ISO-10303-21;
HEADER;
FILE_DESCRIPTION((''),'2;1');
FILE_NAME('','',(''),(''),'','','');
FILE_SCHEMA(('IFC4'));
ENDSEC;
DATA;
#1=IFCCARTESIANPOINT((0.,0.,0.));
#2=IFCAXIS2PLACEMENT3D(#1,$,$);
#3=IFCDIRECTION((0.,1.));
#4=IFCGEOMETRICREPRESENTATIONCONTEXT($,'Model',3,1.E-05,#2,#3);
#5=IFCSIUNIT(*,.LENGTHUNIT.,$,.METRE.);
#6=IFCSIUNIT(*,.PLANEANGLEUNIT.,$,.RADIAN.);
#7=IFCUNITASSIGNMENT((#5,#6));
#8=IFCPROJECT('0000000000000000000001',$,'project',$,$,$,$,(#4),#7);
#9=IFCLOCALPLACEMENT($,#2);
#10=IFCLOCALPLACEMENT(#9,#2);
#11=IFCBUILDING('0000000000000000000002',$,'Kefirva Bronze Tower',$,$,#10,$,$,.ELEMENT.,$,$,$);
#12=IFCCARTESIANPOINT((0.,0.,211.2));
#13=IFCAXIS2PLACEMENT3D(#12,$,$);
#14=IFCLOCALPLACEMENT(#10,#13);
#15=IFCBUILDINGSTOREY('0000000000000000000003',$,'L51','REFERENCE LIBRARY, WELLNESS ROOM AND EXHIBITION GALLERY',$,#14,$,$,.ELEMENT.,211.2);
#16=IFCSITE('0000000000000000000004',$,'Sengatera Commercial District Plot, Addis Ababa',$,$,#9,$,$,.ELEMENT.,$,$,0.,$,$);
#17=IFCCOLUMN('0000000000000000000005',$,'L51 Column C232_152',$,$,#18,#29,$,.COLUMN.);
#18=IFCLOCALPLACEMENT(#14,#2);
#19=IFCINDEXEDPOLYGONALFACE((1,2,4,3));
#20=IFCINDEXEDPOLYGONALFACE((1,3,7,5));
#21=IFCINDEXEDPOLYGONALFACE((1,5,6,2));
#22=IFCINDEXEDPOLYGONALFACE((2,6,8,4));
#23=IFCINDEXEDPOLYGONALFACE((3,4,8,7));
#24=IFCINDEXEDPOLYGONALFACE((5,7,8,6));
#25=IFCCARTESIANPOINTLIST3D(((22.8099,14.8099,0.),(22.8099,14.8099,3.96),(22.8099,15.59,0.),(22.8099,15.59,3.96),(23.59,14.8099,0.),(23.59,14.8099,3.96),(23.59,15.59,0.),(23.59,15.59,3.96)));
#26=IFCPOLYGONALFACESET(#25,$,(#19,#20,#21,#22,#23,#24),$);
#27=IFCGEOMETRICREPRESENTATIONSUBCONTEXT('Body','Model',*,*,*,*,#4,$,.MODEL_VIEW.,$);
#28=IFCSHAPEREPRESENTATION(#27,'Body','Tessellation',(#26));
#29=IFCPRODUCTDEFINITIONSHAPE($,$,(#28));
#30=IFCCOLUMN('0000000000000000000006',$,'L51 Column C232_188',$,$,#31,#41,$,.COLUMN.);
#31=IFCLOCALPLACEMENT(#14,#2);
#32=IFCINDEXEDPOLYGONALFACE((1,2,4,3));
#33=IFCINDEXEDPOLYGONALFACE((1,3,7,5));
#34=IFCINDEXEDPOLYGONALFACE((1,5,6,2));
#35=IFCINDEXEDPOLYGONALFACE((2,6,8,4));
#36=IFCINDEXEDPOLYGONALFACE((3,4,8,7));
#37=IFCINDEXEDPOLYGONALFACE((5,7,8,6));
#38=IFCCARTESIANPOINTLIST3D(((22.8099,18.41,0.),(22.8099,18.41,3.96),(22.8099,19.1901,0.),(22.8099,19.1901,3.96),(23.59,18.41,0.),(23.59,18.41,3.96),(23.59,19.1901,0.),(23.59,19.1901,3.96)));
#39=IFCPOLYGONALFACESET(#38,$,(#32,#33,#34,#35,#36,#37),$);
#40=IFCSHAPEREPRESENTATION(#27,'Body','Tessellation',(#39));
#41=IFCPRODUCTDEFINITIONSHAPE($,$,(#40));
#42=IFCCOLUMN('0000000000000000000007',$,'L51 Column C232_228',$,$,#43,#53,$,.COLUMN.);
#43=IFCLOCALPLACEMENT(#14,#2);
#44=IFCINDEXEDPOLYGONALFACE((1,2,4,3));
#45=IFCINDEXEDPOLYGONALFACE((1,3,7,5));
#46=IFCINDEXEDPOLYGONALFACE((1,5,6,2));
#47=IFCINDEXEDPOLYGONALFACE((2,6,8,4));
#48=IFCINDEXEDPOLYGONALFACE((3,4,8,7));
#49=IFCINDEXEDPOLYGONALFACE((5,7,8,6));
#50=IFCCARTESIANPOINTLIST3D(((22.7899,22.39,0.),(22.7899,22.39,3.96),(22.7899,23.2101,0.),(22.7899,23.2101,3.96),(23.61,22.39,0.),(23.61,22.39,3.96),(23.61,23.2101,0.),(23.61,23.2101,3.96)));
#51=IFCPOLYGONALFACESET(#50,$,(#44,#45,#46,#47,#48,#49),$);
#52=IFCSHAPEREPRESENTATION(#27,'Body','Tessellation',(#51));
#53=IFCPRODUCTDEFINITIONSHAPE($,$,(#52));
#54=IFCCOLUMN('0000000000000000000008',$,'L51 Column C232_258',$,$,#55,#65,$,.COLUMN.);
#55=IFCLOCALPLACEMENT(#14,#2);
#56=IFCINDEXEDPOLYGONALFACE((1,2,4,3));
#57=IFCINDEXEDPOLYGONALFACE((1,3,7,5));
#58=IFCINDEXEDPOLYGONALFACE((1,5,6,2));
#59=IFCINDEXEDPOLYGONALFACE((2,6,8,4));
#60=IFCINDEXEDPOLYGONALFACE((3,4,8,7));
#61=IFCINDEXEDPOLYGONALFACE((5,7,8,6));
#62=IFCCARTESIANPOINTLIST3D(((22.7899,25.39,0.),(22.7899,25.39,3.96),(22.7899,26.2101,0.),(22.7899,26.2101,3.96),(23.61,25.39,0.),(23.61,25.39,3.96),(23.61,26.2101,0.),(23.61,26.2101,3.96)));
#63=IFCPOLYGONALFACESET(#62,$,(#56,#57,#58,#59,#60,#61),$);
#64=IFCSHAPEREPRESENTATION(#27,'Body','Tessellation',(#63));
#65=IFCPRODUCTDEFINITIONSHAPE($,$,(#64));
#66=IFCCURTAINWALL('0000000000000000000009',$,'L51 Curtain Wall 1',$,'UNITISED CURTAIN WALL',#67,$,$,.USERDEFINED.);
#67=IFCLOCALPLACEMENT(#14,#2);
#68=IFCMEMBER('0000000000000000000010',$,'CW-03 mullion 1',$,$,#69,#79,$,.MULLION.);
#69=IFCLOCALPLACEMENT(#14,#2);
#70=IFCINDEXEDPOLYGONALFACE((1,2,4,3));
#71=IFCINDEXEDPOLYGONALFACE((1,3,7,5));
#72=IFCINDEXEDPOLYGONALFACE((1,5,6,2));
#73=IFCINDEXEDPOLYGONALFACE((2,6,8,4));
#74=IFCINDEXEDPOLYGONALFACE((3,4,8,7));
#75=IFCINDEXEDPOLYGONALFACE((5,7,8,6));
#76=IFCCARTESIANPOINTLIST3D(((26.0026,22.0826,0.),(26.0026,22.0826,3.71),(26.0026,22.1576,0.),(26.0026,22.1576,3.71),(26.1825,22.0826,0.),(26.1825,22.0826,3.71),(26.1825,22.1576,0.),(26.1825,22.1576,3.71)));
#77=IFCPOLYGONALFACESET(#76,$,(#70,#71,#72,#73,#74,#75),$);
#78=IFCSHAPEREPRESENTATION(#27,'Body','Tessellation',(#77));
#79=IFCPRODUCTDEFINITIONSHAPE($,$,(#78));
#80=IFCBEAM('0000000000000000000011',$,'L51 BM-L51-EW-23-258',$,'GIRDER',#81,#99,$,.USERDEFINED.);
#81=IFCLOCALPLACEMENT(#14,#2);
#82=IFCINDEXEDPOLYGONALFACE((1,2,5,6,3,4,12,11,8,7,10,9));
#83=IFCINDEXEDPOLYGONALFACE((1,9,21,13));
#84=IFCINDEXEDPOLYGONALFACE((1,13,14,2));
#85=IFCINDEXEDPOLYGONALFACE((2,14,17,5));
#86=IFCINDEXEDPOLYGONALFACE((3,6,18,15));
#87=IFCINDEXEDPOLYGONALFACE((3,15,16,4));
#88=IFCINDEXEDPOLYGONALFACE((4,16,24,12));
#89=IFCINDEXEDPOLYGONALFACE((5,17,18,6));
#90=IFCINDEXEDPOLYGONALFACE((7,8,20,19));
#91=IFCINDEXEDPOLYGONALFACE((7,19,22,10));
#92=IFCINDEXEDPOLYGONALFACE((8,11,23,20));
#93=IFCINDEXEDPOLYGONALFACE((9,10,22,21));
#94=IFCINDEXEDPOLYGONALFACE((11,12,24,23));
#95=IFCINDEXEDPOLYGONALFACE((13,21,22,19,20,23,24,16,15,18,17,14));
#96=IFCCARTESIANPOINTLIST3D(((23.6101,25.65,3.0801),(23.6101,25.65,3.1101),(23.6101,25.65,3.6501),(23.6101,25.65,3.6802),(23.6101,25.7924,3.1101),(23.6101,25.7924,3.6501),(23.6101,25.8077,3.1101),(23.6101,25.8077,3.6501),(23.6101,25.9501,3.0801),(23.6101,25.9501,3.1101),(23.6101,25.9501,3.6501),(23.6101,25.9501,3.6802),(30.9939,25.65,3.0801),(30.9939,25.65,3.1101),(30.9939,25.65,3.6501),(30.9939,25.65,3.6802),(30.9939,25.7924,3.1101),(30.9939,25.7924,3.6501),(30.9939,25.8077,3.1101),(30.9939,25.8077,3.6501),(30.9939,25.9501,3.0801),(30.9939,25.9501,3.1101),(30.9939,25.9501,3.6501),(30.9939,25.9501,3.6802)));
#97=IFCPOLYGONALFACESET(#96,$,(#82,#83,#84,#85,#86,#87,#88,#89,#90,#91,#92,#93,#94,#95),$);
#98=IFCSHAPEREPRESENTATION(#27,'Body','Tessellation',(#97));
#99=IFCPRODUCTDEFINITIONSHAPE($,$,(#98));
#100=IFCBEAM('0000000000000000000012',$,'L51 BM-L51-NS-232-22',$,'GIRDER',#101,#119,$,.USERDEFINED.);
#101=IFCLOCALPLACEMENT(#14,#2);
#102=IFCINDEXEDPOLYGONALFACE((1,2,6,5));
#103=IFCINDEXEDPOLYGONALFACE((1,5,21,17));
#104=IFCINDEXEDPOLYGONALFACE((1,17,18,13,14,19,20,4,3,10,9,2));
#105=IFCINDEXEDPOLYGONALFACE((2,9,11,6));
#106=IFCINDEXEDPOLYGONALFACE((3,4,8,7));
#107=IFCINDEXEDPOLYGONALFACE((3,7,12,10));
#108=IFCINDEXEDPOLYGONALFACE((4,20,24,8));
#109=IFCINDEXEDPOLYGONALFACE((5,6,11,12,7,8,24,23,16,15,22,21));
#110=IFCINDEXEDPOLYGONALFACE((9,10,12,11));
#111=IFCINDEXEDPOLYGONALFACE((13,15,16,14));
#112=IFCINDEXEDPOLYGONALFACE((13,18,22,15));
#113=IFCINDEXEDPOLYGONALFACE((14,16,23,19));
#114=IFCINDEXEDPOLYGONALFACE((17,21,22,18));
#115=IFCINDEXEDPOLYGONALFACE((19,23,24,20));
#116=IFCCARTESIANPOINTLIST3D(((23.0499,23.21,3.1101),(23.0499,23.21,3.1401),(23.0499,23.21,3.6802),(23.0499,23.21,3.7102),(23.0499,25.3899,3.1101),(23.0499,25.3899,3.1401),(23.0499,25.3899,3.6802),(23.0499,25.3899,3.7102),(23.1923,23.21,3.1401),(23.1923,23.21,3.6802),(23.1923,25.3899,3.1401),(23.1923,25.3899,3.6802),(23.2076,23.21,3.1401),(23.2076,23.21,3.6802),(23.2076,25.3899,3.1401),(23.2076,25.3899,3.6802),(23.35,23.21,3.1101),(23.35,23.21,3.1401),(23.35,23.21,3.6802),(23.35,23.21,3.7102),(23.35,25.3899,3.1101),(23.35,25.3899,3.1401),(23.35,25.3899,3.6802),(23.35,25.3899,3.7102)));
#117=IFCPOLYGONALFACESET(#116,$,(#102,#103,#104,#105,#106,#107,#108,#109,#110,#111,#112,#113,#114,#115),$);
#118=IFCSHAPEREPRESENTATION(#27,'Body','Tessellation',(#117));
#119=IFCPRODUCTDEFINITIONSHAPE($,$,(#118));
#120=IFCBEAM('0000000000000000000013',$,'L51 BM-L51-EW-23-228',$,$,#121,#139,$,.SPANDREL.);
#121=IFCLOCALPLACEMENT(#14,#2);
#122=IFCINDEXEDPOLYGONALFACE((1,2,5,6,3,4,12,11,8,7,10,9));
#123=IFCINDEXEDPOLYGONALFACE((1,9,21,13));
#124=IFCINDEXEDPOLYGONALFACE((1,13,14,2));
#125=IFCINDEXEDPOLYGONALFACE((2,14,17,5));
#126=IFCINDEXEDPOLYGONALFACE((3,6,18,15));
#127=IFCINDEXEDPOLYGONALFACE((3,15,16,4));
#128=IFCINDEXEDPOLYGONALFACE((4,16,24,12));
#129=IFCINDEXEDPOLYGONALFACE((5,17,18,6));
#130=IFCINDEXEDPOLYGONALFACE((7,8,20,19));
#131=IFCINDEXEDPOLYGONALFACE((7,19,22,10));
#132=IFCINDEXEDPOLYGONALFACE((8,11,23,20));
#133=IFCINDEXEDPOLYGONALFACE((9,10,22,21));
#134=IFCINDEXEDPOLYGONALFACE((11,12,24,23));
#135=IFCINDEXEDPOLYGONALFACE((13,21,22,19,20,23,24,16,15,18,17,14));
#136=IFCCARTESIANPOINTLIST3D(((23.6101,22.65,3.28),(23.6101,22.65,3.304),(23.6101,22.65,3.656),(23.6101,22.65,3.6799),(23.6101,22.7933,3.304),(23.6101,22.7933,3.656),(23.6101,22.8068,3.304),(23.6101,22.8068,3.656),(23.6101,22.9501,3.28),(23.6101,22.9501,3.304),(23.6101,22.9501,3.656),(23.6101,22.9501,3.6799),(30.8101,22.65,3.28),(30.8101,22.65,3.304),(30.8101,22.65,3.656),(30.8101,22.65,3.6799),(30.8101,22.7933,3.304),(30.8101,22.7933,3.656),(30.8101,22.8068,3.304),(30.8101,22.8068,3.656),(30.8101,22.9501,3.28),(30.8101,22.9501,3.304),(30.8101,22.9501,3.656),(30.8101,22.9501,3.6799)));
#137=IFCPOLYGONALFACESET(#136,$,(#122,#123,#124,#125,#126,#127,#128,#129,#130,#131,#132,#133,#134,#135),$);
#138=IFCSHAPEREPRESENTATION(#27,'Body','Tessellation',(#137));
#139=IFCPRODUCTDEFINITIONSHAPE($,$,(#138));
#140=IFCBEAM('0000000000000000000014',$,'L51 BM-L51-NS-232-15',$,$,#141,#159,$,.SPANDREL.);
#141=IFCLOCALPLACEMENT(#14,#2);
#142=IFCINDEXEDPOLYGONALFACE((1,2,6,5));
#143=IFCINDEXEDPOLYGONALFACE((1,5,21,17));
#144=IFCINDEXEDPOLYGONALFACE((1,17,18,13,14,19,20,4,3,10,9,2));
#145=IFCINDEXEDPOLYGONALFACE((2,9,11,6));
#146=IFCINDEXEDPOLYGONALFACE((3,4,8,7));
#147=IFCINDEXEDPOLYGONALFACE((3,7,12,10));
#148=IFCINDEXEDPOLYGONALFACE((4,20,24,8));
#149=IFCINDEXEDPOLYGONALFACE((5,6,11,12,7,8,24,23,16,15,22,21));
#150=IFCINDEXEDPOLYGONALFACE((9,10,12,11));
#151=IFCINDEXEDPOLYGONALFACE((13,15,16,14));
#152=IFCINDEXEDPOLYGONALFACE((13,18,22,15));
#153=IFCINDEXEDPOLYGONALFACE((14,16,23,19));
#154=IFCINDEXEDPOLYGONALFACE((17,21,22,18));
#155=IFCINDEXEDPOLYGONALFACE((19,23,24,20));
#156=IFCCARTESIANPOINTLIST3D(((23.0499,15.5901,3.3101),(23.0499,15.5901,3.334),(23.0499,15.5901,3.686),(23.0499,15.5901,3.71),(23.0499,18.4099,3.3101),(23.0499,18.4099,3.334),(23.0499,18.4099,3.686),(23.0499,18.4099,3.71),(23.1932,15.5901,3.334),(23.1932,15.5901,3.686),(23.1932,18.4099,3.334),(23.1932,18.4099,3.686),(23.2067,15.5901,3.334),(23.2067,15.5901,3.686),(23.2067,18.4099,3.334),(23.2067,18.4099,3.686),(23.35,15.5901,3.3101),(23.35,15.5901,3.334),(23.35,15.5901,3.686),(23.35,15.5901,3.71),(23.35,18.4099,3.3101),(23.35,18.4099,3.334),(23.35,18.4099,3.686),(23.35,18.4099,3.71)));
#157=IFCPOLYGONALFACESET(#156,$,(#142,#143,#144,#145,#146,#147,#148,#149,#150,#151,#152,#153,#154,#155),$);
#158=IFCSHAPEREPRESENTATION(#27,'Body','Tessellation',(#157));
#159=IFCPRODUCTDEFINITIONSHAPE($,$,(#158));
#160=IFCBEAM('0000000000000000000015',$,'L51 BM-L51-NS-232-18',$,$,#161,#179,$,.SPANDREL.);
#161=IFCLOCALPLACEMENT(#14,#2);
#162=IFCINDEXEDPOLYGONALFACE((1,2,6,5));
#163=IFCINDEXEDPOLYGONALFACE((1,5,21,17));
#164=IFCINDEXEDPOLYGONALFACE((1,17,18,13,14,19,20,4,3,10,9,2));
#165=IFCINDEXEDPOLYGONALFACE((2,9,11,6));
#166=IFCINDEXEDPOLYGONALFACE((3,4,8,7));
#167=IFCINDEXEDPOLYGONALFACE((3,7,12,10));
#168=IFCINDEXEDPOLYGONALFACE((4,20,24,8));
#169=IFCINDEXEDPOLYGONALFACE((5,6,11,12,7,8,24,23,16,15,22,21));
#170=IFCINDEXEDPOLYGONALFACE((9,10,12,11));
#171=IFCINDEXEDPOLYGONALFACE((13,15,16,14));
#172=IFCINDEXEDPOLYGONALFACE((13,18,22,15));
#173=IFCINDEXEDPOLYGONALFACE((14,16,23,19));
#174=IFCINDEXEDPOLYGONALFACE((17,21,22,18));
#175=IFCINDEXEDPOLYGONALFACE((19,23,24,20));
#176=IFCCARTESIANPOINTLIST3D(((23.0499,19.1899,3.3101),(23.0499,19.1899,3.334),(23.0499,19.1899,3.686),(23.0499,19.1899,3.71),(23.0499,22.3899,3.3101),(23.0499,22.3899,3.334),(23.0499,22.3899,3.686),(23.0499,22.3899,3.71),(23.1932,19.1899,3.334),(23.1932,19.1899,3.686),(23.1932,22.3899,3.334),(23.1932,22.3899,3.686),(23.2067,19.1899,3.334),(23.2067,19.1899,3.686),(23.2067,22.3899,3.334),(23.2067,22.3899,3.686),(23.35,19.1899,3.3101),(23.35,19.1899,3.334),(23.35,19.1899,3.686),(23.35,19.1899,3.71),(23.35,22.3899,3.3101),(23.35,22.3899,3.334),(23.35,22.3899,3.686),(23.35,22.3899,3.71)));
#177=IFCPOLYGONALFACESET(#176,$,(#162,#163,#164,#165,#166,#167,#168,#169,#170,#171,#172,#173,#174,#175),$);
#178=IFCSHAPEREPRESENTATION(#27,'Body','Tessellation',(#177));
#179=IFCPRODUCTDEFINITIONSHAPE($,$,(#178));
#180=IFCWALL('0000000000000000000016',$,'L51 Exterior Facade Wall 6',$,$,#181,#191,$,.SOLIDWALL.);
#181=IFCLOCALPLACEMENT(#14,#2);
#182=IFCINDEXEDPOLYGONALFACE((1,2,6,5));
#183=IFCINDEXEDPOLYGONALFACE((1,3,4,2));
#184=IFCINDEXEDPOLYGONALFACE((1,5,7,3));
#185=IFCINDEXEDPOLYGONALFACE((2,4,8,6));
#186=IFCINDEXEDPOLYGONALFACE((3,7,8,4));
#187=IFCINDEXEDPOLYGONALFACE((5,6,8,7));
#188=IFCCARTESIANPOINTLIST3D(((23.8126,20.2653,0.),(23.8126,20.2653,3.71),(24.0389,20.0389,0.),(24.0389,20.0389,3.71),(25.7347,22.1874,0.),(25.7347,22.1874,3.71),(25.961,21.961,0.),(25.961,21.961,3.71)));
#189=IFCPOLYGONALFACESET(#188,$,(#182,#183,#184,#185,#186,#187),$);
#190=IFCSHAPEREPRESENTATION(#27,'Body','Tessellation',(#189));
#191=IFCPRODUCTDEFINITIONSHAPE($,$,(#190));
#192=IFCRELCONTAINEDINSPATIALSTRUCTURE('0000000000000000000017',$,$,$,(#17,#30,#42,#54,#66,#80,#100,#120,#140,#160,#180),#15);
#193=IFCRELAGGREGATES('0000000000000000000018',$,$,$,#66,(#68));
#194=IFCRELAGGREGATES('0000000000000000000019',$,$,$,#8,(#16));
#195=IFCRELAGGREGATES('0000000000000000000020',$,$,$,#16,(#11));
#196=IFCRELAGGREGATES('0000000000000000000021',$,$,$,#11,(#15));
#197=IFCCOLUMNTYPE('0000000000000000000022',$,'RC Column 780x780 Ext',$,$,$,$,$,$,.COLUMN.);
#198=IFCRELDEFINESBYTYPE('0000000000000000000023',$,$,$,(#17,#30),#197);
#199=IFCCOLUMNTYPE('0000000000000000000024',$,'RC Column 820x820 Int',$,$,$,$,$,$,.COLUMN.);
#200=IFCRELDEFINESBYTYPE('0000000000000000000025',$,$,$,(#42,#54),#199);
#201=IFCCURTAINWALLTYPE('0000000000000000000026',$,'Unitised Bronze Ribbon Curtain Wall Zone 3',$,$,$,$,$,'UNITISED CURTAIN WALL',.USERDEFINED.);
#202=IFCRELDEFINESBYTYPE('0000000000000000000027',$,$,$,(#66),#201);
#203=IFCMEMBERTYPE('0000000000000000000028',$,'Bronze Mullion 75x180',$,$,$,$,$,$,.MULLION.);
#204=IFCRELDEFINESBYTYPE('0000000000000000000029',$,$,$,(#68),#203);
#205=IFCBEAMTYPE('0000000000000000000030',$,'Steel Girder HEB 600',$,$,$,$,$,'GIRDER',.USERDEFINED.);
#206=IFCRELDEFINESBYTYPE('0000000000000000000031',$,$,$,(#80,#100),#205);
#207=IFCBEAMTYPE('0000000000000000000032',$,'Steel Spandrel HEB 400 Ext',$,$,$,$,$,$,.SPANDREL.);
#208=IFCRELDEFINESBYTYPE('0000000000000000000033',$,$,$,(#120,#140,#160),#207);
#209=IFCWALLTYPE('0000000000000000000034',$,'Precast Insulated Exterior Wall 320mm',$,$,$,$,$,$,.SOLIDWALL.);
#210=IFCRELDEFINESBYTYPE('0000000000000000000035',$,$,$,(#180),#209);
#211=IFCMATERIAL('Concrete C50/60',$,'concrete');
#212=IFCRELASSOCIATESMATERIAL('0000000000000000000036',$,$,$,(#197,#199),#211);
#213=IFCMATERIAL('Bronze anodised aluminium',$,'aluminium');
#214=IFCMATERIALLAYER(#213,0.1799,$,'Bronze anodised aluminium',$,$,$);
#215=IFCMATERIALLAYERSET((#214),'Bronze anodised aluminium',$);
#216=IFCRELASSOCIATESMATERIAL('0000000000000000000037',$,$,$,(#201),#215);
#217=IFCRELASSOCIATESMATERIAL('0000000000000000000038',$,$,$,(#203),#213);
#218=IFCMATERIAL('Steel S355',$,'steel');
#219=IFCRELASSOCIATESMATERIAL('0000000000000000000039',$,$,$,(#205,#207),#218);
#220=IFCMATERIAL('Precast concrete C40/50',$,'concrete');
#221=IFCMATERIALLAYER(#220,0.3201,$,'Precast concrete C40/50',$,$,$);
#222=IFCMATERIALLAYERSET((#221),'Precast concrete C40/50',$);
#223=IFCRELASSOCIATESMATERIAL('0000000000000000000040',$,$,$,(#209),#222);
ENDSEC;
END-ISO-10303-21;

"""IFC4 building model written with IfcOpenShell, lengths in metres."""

from ifc_helpers import new_model, si_unit, direction, frame, frame_2d, origin, origin_2d, place, context, subcontext, project, spatial, rectangle, i_section, extrude, material, layer, layer_set, material_profile, profile_set, type_object, element, aggregate, save


model = new_model("IFC4")

# Units and contexts
model_context = context("Model", 3, precision=1e-05, world=origin(), true_north=direction((0.0, 1.0)))
body_context = subcontext(model_context, "Body", "Model", "MODEL_VIEW")
ifc_project = project(units=[si_unit("LENGTHUNIT", "METRE"), si_unit("PLANEANGLEUNIT", "RADIAN")], contexts=[model_context])

# Site, building, storey
site_placement = place(None, origin())
site = spatial("IfcSite", under=ifc_project, at=site_placement, Name="Sengatera Commercial District Plot, Addis Ababa", CompositionType="ELEMENT", RefElevation=0.0)
building_placement = place(site_placement, origin())
building = spatial("IfcBuilding", under=site, at=building_placement, Name="Kefirva Bronze Tower", CompositionType="ELEMENT")
storey_placement = place(building_placement, frame((0.0, 0.0, 211.2)))
storey = spatial("IfcBuildingStorey", under=building, at=storey_placement, Name="L51", Description="REFERENCE LIBRARY, WELLNESS ROOM AND EXHIBITION GALLERY", CompositionType="ELEMENT", Elevation=211.2)

# Columns
ifc_material_1 = material(Name="Concrete C50/60", Category="concrete")
ifc_material_profile_1 = material_profile(ifc_material_1, rectangle(XDim=0.78, YDim=0.78, at=origin_2d()), Name="RC 780x780")
ifc_profile_set_1 = profile_set([ifc_material_profile_1], Name="Concrete C50/60")
column_type_1 = type_object("IfcColumnType", Name="RC Column 780x780 Ext", PredefinedType="COLUMN", material=ifc_profile_set_1)
for number, where, z_axis, x_axis, name in (
    (1, (23.2, 15.2, 0.0), (0.0, 0.0, 1.0), (1.0, 0.0, 0.0), "L51 Column C232_152"),
    (2, (23.2, 18.8, 0.0), (0.0, 0.0, 1.0), (1.0, 0.0, 0.0), "L51 Column C232_188"),
):
    element("IfcColumn", number, at=place(storey_placement, frame(where, z_axis=z_axis, x_axis=x_axis)), inside=storey, type_object=column_type_1, Name=name, PredefinedType="COLUMN", context=body_context, shape_type="SweptSolid", body=[
        extrude(rectangle(XDim=0.78, YDim=0.78, at=origin_2d()), origin(), (0.0, 0.0, 1.0), 3.96),
    ])
ifc_material_profile_2 = material_profile(ifc_material_1, rectangle(XDim=0.8201, YDim=0.8201, at=origin_2d()), Name="RC 820x820")
ifc_profile_set_2 = profile_set([ifc_material_profile_2], Name="Concrete C50/60")
column_type_2 = type_object("IfcColumnType", Name="RC Column 820x820 Int", PredefinedType="COLUMN", material=ifc_profile_set_2)
for number, where, z_axis, x_axis, name in (
    (3, (23.2, 22.8, 0.0), (0.0, 0.0, 1.0), (1.0, 0.0, 0.0), "L51 Column C232_228"),
    (4, (23.2, 25.8, 0.0), (0.0, 0.0, 1.0), (1.0, 0.0, 0.0), "L51 Column C232_258"),
):
    element("IfcColumn", number, at=place(storey_placement, frame(where, z_axis=z_axis, x_axis=x_axis)), inside=storey, type_object=column_type_2, Name=name, PredefinedType="COLUMN", context=body_context, shape_type="SweptSolid", body=[
        extrude(rectangle(XDim=0.8201, YDim=0.8201, at=origin_2d()), origin(), (0.0, 0.0, 1.0), 3.96),
    ])

# Curtain wall, member
ifc_material_2 = material(Name="Bronze anodised aluminium", Category="aluminium")
ifc_layer_1 = layer(ifc_material_2, 0.1799, Name="Bronze anodised aluminium")
ifc_layer_set_1 = layer_set([ifc_layer_1], Name="Bronze anodised aluminium")
curtain_wall_type = type_object("IfcCurtainWallType", Name="Unitised Bronze Ribbon Curtain Wall Zone 3", ElementType="UNITISED CURTAIN WALL", PredefinedType="USERDEFINED", material=ifc_layer_set_1)
curtain_wall_placement = place(storey_placement, origin())
curtain_wall = element("IfcCurtainWall", 5, at=curtain_wall_placement, inside=storey, type_object=curtain_wall_type, Name="L51 Curtain Wall 1", ObjectType="UNITISED CURTAIN WALL", PredefinedType="USERDEFINED")
ifc_material_profile_3 = material_profile(ifc_material_2, rectangle(XDim=0.075, YDim=0.1799, at=origin_2d()), Name="ALU 75x180")
ifc_profile_set_3 = profile_set([ifc_material_profile_3], Name="Bronze anodised aluminium")
member_type = type_object("IfcMemberType", Name="Bronze Mullion 75x180", PredefinedType="MULLION", material=ifc_profile_set_3)
member_placement = place(storey_placement, frame((26.0925, 22.1201, 0.0), z_axis=(0.0, 0.0, 1.0), x_axis=(0.0, 1.0, 0.0)))
member = element("IfcMember", 6, at=member_placement, type_object=member_type, Name="CW-03 mullion 1", PredefinedType="MULLION", context=body_context, shape_type="SweptSolid", body=[
    extrude(rectangle(XDim=0.075, YDim=0.1799, at=origin_2d()), origin(), (0.0, 0.0, 1.0), 3.71),
])
aggregate(curtain_wall, [member])

# Beams
ifc_material_3 = material(Name="Steel S355", Category="steel")
ifc_material_profile_4 = material_profile(ifc_material_3, i_section(OverallWidth=0.3, OverallDepth=0.6001, WebThickness=0.0154, FlangeThickness=0.03, at=origin_2d()), Name="HEB 600")
ifc_profile_set_4 = profile_set([ifc_material_profile_4], Name="Steel S355")
beam_type_1 = type_object("IfcBeamType", Name="Steel Girder HEB 600", ElementType="GIRDER", PredefinedType="USERDEFINED", material=ifc_profile_set_4)
beam_1_placement = place(storey_placement, frame((23.6101, 25.8, 3.3801), z_axis=(1.0, 0.0, 0.0), x_axis=(0.0, 1.0, 0.0)))
element("IfcBeam", 7, at=beam_1_placement, inside=storey, type_object=beam_type_1, Name="L51 BM-L51-EW-23-258", ObjectType="GIRDER", PredefinedType="USERDEFINED", context=body_context, shape_type="SweptSolid", body=[
    extrude(i_section(OverallWidth=0.3, OverallDepth=0.6001, WebThickness=0.0154, FlangeThickness=0.03, at=origin_2d()), origin(), (0.0, 0.0, 1.0), 7.3838),
])
beam_2_placement = place(storey_placement, frame((23.2, 23.21, 3.4102), z_axis=(0.0, 1.0, 0.0), x_axis=(-1.0, 0.0, 0.0)))
element("IfcBeam", 8, at=beam_2_placement, inside=storey, type_object=beam_type_1, Name="L51 BM-L51-NS-232-22", ObjectType="GIRDER", PredefinedType="USERDEFINED", context=body_context, shape_type="SweptSolid", body=[
    extrude(i_section(OverallWidth=0.3, OverallDepth=0.6001, WebThickness=0.0154, FlangeThickness=0.03, at=origin_2d()), origin(), (0.0, 0.0, 1.0), 2.1799),
])
ifc_material_profile_5 = material_profile(ifc_material_3, i_section(OverallWidth=0.3, OverallDepth=0.3999, WebThickness=0.0134, FlangeThickness=0.0239, at=origin_2d()), Name="HEB 400")
ifc_profile_set_5 = profile_set([ifc_material_profile_5], Name="Steel S355")
beam_type_2 = type_object("IfcBeamType", Name="Steel Spandrel HEB 400 Ext", PredefinedType="SPANDREL", material=ifc_profile_set_5)
beam_3_placement = place(storey_placement, frame((23.6101, 22.8, 3.48), z_axis=(1.0, 0.0, 0.0), x_axis=(0.0, 1.0, 0.0)))
element("IfcBeam", 9, at=beam_3_placement, inside=storey, type_object=beam_type_2, Name="L51 BM-L51-EW-23-228", PredefinedType="SPANDREL", context=body_context, shape_type="SweptSolid", body=[
    extrude(i_section(OverallWidth=0.3, OverallDepth=0.3999, WebThickness=0.0134, FlangeThickness=0.0239, at=origin_2d()), origin(), (0.0, 0.0, 1.0), 7.2),
])
beam_4_placement = place(storey_placement, frame((23.2, 15.5901, 3.51), z_axis=(0.0, 1.0, 0.0), x_axis=(-1.0, 0.0, 0.0)))
element("IfcBeam", 10, at=beam_4_placement, inside=storey, type_object=beam_type_2, Name="L51 BM-L51-NS-232-15", PredefinedType="SPANDREL", context=body_context, shape_type="SweptSolid", body=[
    extrude(i_section(OverallWidth=0.3, OverallDepth=0.3999, WebThickness=0.0134, FlangeThickness=0.0239, at=origin_2d()), origin(), (0.0, 0.0, 1.0), 2.8198),
])
beam_5_placement = place(storey_placement, frame((23.2, 19.1899, 3.51), z_axis=(0.0, 1.0, 0.0), x_axis=(-1.0, 0.0, 0.0)))
element("IfcBeam", 11, at=beam_5_placement, inside=storey, type_object=beam_type_2, Name="L51 BM-L51-NS-232-18", PredefinedType="SPANDREL", context=body_context, shape_type="SweptSolid", body=[
    extrude(i_section(OverallWidth=0.3, OverallDepth=0.3999, WebThickness=0.0134, FlangeThickness=0.0239, at=origin_2d()), origin(), (0.0, 0.0, 1.0), 3.2),
])

# Wall
ifc_material_4 = material(Name="Precast concrete C40/50", Category="concrete")
ifc_layer_2 = layer(ifc_material_4, 0.3201, Name="Precast concrete C40/50")
ifc_layer_set_2 = layer_set([ifc_layer_2], Name="Precast concrete C40/50")
wall_type = type_object("IfcWallType", Name="Precast Insulated Exterior Wall 320mm", PredefinedType="SOLIDWALL", material=ifc_layer_set_2)
wall_placement = place(storey_placement, frame((23.9258, 20.1521, 0.0), z_axis=(0.0, 0.0, 1.0), x_axis=(0.707107, 0.707107, 0.0)))
element("IfcWall", 12, at=wall_placement, inside=storey, type_object=wall_type, Name="L51 Exterior Facade Wall 6", PredefinedType="SOLIDWALL", context=body_context, shape_type="SweptSolid", body=[
    extrude(rectangle(XDim=2.7183, YDim=0.3201, at=frame_2d((1.3591, 0.0))), origin(), (0.0, 0.0, 1.0), 3.71),
])

save(model, "model.ifc")
